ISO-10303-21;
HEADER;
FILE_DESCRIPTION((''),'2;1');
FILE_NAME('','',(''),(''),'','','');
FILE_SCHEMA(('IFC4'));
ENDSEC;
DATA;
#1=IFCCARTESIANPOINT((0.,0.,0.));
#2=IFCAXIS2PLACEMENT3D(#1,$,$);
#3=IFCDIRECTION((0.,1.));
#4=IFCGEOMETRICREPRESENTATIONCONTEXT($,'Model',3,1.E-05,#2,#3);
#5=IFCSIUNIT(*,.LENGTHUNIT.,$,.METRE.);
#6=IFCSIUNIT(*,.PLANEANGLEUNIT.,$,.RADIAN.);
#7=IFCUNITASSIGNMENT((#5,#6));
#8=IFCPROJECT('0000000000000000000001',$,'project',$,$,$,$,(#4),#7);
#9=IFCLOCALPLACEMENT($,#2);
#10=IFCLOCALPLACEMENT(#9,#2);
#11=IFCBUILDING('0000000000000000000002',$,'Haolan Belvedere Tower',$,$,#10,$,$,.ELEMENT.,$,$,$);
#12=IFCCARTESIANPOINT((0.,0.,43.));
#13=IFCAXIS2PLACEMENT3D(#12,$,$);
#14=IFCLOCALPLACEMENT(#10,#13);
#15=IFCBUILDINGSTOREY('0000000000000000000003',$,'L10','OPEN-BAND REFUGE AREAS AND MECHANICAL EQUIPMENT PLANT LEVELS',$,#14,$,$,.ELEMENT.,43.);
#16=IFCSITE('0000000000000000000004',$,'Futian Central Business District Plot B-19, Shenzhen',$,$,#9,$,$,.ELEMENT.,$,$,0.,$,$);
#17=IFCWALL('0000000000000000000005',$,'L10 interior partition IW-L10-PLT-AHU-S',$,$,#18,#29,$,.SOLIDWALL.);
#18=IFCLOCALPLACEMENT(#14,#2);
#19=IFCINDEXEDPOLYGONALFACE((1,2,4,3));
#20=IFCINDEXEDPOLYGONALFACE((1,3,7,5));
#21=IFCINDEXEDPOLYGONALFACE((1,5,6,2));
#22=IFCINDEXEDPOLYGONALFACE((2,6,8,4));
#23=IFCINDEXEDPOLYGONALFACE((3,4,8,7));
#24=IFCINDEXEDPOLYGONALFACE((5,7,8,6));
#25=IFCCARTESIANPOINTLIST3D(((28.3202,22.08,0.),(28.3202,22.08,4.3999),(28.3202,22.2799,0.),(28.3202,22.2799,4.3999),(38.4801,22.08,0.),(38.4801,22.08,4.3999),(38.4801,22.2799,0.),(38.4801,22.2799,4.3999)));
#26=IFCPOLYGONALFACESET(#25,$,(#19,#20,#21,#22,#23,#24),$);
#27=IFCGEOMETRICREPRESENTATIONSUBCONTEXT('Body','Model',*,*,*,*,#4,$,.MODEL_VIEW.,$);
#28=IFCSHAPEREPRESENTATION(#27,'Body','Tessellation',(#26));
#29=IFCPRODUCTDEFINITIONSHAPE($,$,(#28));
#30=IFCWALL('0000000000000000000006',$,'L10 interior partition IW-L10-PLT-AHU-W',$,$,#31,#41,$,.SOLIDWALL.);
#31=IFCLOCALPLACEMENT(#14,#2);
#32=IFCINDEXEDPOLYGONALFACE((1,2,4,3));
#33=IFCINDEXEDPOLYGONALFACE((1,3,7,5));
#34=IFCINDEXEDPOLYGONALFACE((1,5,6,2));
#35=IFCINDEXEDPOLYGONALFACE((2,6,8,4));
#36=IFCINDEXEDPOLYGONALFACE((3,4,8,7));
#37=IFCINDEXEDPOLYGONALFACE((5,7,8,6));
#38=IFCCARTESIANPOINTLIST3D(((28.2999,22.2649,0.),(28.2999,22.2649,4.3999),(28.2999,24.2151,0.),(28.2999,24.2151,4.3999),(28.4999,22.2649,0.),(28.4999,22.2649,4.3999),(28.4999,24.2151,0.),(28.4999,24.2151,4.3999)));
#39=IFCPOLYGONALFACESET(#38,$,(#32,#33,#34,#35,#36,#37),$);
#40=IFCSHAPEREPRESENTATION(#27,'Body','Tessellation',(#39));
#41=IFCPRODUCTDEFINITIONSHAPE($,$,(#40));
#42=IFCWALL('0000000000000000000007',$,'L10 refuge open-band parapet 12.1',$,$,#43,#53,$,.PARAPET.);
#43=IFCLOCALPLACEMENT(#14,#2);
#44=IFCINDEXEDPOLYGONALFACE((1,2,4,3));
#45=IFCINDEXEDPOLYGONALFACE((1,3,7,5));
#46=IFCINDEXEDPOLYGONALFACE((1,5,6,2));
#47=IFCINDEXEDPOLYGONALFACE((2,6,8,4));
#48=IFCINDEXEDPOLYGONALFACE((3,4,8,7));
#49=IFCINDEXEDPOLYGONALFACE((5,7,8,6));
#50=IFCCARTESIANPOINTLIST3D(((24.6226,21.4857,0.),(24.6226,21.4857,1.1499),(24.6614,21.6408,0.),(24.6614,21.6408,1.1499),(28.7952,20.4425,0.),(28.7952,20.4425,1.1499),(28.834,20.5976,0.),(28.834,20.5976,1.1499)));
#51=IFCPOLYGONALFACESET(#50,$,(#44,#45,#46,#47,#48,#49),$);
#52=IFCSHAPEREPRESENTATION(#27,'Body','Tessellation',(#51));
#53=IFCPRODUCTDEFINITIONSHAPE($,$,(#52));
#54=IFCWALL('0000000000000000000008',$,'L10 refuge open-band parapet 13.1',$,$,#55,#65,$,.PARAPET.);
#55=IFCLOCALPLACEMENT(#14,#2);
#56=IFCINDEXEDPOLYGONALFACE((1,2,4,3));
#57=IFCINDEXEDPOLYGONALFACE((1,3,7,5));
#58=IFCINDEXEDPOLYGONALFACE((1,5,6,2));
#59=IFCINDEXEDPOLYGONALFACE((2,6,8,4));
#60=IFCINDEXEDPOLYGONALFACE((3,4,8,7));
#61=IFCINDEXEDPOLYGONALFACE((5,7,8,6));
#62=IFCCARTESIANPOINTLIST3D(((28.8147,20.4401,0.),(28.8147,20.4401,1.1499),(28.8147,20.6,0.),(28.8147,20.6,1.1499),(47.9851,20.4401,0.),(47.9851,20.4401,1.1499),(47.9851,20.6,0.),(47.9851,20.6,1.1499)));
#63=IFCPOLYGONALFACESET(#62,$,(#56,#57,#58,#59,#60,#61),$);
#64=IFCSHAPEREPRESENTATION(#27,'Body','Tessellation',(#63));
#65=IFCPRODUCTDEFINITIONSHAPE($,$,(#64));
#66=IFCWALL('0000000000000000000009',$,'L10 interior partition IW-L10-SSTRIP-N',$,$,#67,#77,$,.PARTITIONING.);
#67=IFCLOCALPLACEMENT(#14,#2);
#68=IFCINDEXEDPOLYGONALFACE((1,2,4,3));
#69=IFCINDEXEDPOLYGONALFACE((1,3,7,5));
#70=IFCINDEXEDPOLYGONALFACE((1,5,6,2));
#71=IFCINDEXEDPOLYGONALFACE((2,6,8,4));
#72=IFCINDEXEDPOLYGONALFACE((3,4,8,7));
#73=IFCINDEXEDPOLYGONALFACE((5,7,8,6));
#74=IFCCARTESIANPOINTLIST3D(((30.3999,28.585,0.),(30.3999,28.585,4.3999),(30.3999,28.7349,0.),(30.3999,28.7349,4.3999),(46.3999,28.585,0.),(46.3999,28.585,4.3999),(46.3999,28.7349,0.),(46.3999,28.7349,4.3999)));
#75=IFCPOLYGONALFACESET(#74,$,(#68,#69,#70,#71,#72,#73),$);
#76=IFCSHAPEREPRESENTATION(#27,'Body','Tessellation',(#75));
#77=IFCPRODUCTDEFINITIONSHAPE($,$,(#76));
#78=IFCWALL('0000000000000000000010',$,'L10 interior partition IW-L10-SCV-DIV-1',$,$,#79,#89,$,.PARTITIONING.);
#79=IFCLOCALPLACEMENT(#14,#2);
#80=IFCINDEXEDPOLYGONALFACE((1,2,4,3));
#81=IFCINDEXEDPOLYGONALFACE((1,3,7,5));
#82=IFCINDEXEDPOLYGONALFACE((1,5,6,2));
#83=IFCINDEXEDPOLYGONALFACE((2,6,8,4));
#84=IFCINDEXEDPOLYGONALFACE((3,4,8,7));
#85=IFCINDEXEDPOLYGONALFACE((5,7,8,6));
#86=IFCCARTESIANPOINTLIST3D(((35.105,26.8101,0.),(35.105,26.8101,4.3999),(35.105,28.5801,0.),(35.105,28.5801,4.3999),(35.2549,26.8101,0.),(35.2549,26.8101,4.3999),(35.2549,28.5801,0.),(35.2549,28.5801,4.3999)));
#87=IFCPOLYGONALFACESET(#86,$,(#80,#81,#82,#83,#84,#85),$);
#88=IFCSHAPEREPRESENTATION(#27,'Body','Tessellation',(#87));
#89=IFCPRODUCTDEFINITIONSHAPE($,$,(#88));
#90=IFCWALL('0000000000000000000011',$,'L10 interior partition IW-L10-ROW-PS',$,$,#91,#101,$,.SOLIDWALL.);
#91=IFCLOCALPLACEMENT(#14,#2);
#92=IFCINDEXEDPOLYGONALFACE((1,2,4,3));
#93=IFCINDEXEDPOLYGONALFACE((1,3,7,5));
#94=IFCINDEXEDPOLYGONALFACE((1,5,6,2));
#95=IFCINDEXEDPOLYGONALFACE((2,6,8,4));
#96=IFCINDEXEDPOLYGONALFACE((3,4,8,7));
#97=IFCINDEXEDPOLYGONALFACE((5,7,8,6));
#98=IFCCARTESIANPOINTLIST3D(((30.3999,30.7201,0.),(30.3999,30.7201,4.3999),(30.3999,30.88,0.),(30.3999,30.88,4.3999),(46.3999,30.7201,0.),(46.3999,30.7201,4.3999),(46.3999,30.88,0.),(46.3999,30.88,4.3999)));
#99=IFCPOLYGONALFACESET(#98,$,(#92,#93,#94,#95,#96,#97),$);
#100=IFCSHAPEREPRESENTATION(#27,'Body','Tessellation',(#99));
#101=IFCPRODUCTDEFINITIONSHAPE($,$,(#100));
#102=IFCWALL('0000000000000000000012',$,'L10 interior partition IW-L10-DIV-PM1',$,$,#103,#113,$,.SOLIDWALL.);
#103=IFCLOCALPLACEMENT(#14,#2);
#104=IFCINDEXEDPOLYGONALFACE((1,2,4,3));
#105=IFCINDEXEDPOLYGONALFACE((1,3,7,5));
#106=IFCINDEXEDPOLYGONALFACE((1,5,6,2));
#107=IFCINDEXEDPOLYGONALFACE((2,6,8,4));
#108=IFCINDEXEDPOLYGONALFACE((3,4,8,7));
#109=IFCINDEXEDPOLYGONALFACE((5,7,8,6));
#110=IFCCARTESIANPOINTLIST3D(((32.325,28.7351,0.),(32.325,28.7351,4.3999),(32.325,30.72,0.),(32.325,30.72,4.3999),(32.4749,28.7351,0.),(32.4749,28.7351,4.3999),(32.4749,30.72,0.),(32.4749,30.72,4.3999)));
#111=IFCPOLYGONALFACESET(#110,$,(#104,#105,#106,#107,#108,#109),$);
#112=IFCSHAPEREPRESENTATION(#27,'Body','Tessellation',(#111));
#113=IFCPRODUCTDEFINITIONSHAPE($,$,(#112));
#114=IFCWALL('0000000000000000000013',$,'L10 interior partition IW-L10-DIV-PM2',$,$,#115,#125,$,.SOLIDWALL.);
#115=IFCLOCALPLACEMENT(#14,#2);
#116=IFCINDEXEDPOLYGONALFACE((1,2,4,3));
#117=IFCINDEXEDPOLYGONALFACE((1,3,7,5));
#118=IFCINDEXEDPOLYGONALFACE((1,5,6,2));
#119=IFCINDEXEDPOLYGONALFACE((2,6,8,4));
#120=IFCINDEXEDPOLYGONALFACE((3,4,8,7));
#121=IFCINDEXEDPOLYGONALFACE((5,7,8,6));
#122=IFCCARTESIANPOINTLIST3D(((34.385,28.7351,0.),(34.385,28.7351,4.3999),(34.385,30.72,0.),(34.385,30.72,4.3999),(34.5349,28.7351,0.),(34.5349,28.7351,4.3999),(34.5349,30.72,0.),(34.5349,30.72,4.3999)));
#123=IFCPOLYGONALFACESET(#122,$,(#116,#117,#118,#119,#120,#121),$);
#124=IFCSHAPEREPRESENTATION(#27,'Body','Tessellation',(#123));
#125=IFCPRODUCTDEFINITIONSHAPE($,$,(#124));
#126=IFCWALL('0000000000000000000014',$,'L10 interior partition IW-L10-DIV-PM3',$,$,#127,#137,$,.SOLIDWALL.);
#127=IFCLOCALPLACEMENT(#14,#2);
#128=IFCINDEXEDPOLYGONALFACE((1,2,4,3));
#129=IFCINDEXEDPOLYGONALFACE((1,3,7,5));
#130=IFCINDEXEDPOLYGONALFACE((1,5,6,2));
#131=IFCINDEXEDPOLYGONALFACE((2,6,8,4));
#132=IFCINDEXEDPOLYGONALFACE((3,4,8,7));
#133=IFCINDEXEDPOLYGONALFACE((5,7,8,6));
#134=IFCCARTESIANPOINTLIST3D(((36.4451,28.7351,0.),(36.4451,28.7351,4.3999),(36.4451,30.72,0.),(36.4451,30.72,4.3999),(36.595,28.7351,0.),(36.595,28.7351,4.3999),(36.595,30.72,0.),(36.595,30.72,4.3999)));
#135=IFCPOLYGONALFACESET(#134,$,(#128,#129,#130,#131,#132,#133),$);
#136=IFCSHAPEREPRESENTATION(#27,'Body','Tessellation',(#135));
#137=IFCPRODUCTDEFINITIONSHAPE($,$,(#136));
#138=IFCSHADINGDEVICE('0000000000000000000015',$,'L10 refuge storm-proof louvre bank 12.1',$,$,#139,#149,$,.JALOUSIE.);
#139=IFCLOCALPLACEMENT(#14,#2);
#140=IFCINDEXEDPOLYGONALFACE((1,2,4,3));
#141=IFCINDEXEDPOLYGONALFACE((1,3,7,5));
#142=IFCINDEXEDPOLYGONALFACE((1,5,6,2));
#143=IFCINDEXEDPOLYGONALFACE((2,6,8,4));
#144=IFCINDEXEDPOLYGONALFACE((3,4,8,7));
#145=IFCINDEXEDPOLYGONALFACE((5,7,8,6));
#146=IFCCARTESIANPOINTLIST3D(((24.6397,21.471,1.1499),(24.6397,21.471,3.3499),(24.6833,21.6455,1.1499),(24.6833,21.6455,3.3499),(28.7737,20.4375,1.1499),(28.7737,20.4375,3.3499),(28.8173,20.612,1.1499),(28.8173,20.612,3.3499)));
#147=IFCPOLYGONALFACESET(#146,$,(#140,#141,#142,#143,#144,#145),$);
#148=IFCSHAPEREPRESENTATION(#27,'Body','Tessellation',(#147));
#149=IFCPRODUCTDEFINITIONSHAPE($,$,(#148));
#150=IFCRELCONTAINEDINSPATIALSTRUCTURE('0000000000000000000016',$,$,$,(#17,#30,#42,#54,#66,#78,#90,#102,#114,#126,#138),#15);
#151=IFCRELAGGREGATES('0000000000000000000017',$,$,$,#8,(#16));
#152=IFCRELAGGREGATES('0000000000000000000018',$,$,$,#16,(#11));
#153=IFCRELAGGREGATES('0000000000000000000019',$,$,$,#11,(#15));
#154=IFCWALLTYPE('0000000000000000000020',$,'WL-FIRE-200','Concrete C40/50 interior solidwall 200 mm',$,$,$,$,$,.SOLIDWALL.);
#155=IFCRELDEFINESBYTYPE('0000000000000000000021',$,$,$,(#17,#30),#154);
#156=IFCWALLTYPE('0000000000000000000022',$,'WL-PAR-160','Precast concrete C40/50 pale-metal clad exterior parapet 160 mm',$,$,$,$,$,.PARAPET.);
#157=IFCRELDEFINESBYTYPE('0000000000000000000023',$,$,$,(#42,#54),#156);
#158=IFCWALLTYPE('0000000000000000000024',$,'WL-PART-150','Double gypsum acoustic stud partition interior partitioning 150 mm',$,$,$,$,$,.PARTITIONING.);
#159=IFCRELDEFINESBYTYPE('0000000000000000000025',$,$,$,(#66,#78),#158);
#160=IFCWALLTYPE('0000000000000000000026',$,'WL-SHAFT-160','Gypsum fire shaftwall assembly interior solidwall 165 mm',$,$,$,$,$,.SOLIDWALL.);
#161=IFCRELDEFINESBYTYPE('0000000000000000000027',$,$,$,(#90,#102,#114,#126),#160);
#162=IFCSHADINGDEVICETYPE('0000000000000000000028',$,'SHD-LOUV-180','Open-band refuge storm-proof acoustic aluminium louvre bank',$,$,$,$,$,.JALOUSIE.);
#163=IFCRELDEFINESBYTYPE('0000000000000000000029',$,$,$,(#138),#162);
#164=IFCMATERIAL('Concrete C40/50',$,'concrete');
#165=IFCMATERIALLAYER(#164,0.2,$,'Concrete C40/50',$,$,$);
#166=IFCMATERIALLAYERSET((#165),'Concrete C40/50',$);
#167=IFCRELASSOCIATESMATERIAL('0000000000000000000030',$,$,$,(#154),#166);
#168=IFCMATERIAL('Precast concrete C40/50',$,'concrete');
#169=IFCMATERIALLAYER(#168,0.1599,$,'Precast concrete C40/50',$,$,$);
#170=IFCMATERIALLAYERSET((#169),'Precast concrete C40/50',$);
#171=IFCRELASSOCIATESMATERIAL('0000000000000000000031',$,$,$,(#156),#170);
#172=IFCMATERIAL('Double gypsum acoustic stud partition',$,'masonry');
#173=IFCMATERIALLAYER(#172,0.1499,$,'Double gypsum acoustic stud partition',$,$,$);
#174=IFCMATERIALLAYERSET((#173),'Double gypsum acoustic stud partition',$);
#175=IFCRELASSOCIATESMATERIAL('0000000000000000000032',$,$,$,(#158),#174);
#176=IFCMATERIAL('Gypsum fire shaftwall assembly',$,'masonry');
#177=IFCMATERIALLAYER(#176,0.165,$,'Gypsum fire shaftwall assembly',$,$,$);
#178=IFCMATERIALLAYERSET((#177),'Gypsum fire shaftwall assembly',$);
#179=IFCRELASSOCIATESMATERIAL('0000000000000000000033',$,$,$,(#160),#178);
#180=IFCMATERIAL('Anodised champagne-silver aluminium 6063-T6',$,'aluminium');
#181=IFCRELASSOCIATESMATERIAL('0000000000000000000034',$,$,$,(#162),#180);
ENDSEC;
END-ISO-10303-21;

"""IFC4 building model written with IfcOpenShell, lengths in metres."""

from ifc_helpers import new_model, si_unit, direction, frame, frame_2d, origin, origin_2d, place, context, subcontext, project, spatial, rectangle, extrude, material, layer, layer_set, type_object, element, save


model = new_model("IFC4")

# Units and contexts
model_context = context("Model", 3, precision=1e-05, world=origin(), true_north=direction((0.0, 1.0)))
body_context = subcontext(model_context, "Body", "Model", "MODEL_VIEW")
ifc_project = project(units=[si_unit("LENGTHUNIT", "METRE"), si_unit("PLANEANGLEUNIT", "RADIAN")], contexts=[model_context])

# Site, building, storey
site_placement = place(None, origin())
site = spatial("IfcSite", under=ifc_project, at=site_placement, Name="Futian Central Business District Plot B-19, Shenzhen", CompositionType="ELEMENT", RefElevation=0.0)
building_placement = place(site_placement, origin())
building = spatial("IfcBuilding", under=site, at=building_placement, Name="Haolan Belvedere Tower", CompositionType="ELEMENT")
storey_placement = place(building_placement, frame((0.0, 0.0, 43.0)))
storey = spatial("IfcBuildingStorey", under=building, at=storey_placement, Name="L10", Description="OPEN-BAND REFUGE AREAS AND MECHANICAL EQUIPMENT PLANT LEVELS", CompositionType="ELEMENT", Elevation=43.0)

# Shared definitions
ifc_material_1 = material(Name="Concrete C40/50", Category="concrete")
ifc_layer_1 = layer(ifc_material_1, 0.2, Name="Concrete C40/50")
ifc_layer_set_1 = layer_set([ifc_layer_1], Name="Concrete C40/50")
wall_type_1 = type_object("IfcWallType", Name="WL-FIRE-200", Description="Concrete C40/50 interior solidwall 200 mm", PredefinedType="SOLIDWALL", material=ifc_layer_set_1)

# Walls
wall_1_placement = place(storey_placement, frame((28.3201, 22.1799, 0.0), z_axis=(0.0, 0.0, 1.0), x_axis=(1.0, 0.0, 0.0)))
element("IfcWall", 1, at=wall_1_placement, inside=storey, type_object=wall_type_1, Name="L10 interior partition IW-L10-PLT-AHU-S", PredefinedType="SOLIDWALL", context=body_context, shape_type="SweptSolid", body=[
    extrude(rectangle(XDim=10.1599, YDim=0.2, at=frame_2d((5.0801, 0.0))), origin(), (0.0, 0.0, 1.0), 4.3999),
])
wall_2_placement = place(storey_placement, frame((28.3999, 22.2649, 0.0), z_axis=(0.0, 0.0, 1.0), x_axis=(0.0, 1.0, 0.0)))
element("IfcWall", 2, at=wall_2_placement, inside=storey, type_object=wall_type_1, Name="L10 interior partition IW-L10-PLT-AHU-W", PredefinedType="SOLIDWALL", context=body_context, shape_type="SweptSolid", body=[
    extrude(rectangle(XDim=1.9502, YDim=0.2, at=frame_2d((0.9751, 0.0))), origin(), (0.0, 0.0, 1.0), 4.3999),
])
ifc_material_2 = material(Name="Precast concrete C40/50", Category="concrete")
ifc_layer_2 = layer(ifc_material_2, 0.1599, Name="Precast concrete C40/50")
ifc_layer_set_2 = layer_set([ifc_layer_2], Name="Precast concrete C40/50")
wall_type_2 = type_object("IfcWallType", Name="WL-PAR-160", Description="Precast concrete C40/50 pale-metal clad exterior parapet 160 mm", PredefinedType="PARAPET", material=ifc_layer_set_2)
wall_3_placement = place(storey_placement, frame((24.6421, 21.5632, 0.0), z_axis=(0.0, 0.0, 1.0), x_axis=(0.970139, -0.242549, 0.0)))
element("IfcWall", 3, at=wall_3_placement, inside=storey, type_object=wall_type_2, Name="L10 refuge open-band parapet 12.1", PredefinedType="PARAPET", context=body_context, shape_type="SweptSolid", body=[
    extrude(rectangle(XDim=4.301, YDim=0.1599, at=frame_2d((2.1504, 0.0))), origin(), (0.0, 0.0, 1.0), 1.1499),
])
wall_4_placement = place(storey_placement, frame((28.8147, 20.52, 0.0), z_axis=(0.0, 0.0, 1.0), x_axis=(1.0, 0.0, 0.0)))
element("IfcWall", 4, at=wall_4_placement, inside=storey, type_object=wall_type_2, Name="L10 refuge open-band parapet 13.1", PredefinedType="PARAPET", context=body_context, shape_type="SweptSolid", body=[
    extrude(rectangle(XDim=19.1704, YDim=0.1599, at=frame_2d((9.5852, 0.0))), origin(), (0.0, 0.0, 1.0), 1.1499),
])
ifc_material_3 = material(Name="Double gypsum acoustic stud partition", Category="masonry")
ifc_layer_3 = layer(ifc_material_3, 0.1499, Name="Double gypsum acoustic stud partition")
ifc_layer_set_3 = layer_set([ifc_layer_3], Name="Double gypsum acoustic stud partition")
wall_type_3 = type_object("IfcWallType", Name="WL-PART-150", Description="Double gypsum acoustic stud partition interior partitioning 150 mm", PredefinedType="PARTITIONING", material=ifc_layer_set_3)
wall_5_placement = place(storey_placement, frame((30.3999, 28.6599, 0.0), z_axis=(0.0, 0.0, 1.0), x_axis=(1.0, 0.0, 0.0)))
element("IfcWall", 5, at=wall_5_placement, inside=storey, type_object=wall_type_3, Name="L10 interior partition IW-L10-SSTRIP-N", PredefinedType="PARTITIONING", context=body_context, shape_type="SweptSolid", body=[
    extrude(rectangle(XDim=16.0, YDim=0.1499, at=frame_2d((8.0, 0.0))), origin(), (0.0, 0.0, 1.0), 4.3999),
])
wall_6_placement = place(storey_placement, frame((35.1799, 26.8101, 0.0), z_axis=(0.0, 0.0, 1.0), x_axis=(0.0, 1.0, 0.0)))
element("IfcWall", 6, at=wall_6_placement, inside=storey, type_object=wall_type_3, Name="L10 interior partition IW-L10-SCV-DIV-1", PredefinedType="PARTITIONING", context=body_context, shape_type="SweptSolid", body=[
    extrude(rectangle(XDim=1.77, YDim=0.1499, at=frame_2d((0.885, 0.0))), origin(), (0.0, 0.0, 1.0), 4.3999),
])
ifc_material_4 = material(Name="Gypsum fire shaftwall assembly", Category="masonry")
ifc_layer_4 = layer(ifc_material_4, 0.165, Name="Gypsum fire shaftwall assembly")
ifc_layer_set_4 = layer_set([ifc_layer_4], Name="Gypsum fire shaftwall assembly")
wall_type_4 = type_object("IfcWallType", Name="WL-SHAFT-160", Description="Gypsum fire shaftwall assembly interior solidwall 165 mm", PredefinedType="SOLIDWALL", material=ifc_layer_set_4)
wall_7_placement = place(storey_placement, frame((30.3999, 30.8, 0.0), z_axis=(0.0, 0.0, 1.0), x_axis=(1.0, 0.0, 0.0)))
element("IfcWall", 7, at=wall_7_placement, inside=storey, type_object=wall_type_4, Name="L10 interior partition IW-L10-ROW-PS", PredefinedType="SOLIDWALL", context=body_context, shape_type="SweptSolid", body=[
    extrude(rectangle(XDim=16.0, YDim=0.1599, at=frame_2d((8.0, 0.0))), origin(), (0.0, 0.0, 1.0), 4.3999),
])
for number, where, z_axis, x_axis, name in (
    (8, (32.3999, 28.7351, 0.0), (0.0, 0.0, 1.0), (0.0, 1.0, 0.0), "L10 interior partition IW-L10-DIV-PM1"),
    (9, (34.46, 28.7351, 0.0), (0.0, 0.0, 1.0), (0.0, 1.0, 0.0), "L10 interior partition IW-L10-DIV-PM2"),
    (10, (36.52, 28.7351, 0.0), (0.0, 0.0, 1.0), (0.0, 1.0, 0.0), "L10 interior partition IW-L10-DIV-PM3"),
):
    element("IfcWall", number, at=place(storey_placement, frame(where, z_axis=z_axis, x_axis=x_axis)), inside=storey, type_object=wall_type_4, Name=name, PredefinedType="SOLIDWALL", context=body_context, shape_type="SweptSolid", body=[
        extrude(rectangle(XDim=1.9849, YDim=0.1499, at=frame_2d((0.9924, 0.0))), origin(), (0.0, 0.0, 1.0), 4.3999),
    ])

# Shading device
ifc_material_5 = material(Name="Anodised champagne-silver aluminium 6063-T6", Category="aluminium")
shading_device_type = type_object("IfcShadingDeviceType", Name="SHD-LOUV-180", Description="Open-band refuge storm-proof acoustic aluminium louvre bank", PredefinedType="JALOUSIE", material=ifc_material_5)
shading_device_placement = place(storey_placement, frame((26.7285, 21.0415, 1.1499), z_axis=(0.0, 0.0, 1.0), x_axis=(0.970144, -0.242532, 0.0)))
element("IfcShadingDevice", 11, at=shading_device_placement, inside=storey, type_object=shading_device_type, Name="L10 refuge storm-proof louvre bank 12.1", PredefinedType="JALOUSIE", context=body_context, shape_type="SweptSolid", body=[
    extrude(rectangle(XDim=4.2612, YDim=0.1799, at=origin_2d()), origin(), (0.0, 0.0, 1.0), 2.2),
])

save(model, "model.ifc")
